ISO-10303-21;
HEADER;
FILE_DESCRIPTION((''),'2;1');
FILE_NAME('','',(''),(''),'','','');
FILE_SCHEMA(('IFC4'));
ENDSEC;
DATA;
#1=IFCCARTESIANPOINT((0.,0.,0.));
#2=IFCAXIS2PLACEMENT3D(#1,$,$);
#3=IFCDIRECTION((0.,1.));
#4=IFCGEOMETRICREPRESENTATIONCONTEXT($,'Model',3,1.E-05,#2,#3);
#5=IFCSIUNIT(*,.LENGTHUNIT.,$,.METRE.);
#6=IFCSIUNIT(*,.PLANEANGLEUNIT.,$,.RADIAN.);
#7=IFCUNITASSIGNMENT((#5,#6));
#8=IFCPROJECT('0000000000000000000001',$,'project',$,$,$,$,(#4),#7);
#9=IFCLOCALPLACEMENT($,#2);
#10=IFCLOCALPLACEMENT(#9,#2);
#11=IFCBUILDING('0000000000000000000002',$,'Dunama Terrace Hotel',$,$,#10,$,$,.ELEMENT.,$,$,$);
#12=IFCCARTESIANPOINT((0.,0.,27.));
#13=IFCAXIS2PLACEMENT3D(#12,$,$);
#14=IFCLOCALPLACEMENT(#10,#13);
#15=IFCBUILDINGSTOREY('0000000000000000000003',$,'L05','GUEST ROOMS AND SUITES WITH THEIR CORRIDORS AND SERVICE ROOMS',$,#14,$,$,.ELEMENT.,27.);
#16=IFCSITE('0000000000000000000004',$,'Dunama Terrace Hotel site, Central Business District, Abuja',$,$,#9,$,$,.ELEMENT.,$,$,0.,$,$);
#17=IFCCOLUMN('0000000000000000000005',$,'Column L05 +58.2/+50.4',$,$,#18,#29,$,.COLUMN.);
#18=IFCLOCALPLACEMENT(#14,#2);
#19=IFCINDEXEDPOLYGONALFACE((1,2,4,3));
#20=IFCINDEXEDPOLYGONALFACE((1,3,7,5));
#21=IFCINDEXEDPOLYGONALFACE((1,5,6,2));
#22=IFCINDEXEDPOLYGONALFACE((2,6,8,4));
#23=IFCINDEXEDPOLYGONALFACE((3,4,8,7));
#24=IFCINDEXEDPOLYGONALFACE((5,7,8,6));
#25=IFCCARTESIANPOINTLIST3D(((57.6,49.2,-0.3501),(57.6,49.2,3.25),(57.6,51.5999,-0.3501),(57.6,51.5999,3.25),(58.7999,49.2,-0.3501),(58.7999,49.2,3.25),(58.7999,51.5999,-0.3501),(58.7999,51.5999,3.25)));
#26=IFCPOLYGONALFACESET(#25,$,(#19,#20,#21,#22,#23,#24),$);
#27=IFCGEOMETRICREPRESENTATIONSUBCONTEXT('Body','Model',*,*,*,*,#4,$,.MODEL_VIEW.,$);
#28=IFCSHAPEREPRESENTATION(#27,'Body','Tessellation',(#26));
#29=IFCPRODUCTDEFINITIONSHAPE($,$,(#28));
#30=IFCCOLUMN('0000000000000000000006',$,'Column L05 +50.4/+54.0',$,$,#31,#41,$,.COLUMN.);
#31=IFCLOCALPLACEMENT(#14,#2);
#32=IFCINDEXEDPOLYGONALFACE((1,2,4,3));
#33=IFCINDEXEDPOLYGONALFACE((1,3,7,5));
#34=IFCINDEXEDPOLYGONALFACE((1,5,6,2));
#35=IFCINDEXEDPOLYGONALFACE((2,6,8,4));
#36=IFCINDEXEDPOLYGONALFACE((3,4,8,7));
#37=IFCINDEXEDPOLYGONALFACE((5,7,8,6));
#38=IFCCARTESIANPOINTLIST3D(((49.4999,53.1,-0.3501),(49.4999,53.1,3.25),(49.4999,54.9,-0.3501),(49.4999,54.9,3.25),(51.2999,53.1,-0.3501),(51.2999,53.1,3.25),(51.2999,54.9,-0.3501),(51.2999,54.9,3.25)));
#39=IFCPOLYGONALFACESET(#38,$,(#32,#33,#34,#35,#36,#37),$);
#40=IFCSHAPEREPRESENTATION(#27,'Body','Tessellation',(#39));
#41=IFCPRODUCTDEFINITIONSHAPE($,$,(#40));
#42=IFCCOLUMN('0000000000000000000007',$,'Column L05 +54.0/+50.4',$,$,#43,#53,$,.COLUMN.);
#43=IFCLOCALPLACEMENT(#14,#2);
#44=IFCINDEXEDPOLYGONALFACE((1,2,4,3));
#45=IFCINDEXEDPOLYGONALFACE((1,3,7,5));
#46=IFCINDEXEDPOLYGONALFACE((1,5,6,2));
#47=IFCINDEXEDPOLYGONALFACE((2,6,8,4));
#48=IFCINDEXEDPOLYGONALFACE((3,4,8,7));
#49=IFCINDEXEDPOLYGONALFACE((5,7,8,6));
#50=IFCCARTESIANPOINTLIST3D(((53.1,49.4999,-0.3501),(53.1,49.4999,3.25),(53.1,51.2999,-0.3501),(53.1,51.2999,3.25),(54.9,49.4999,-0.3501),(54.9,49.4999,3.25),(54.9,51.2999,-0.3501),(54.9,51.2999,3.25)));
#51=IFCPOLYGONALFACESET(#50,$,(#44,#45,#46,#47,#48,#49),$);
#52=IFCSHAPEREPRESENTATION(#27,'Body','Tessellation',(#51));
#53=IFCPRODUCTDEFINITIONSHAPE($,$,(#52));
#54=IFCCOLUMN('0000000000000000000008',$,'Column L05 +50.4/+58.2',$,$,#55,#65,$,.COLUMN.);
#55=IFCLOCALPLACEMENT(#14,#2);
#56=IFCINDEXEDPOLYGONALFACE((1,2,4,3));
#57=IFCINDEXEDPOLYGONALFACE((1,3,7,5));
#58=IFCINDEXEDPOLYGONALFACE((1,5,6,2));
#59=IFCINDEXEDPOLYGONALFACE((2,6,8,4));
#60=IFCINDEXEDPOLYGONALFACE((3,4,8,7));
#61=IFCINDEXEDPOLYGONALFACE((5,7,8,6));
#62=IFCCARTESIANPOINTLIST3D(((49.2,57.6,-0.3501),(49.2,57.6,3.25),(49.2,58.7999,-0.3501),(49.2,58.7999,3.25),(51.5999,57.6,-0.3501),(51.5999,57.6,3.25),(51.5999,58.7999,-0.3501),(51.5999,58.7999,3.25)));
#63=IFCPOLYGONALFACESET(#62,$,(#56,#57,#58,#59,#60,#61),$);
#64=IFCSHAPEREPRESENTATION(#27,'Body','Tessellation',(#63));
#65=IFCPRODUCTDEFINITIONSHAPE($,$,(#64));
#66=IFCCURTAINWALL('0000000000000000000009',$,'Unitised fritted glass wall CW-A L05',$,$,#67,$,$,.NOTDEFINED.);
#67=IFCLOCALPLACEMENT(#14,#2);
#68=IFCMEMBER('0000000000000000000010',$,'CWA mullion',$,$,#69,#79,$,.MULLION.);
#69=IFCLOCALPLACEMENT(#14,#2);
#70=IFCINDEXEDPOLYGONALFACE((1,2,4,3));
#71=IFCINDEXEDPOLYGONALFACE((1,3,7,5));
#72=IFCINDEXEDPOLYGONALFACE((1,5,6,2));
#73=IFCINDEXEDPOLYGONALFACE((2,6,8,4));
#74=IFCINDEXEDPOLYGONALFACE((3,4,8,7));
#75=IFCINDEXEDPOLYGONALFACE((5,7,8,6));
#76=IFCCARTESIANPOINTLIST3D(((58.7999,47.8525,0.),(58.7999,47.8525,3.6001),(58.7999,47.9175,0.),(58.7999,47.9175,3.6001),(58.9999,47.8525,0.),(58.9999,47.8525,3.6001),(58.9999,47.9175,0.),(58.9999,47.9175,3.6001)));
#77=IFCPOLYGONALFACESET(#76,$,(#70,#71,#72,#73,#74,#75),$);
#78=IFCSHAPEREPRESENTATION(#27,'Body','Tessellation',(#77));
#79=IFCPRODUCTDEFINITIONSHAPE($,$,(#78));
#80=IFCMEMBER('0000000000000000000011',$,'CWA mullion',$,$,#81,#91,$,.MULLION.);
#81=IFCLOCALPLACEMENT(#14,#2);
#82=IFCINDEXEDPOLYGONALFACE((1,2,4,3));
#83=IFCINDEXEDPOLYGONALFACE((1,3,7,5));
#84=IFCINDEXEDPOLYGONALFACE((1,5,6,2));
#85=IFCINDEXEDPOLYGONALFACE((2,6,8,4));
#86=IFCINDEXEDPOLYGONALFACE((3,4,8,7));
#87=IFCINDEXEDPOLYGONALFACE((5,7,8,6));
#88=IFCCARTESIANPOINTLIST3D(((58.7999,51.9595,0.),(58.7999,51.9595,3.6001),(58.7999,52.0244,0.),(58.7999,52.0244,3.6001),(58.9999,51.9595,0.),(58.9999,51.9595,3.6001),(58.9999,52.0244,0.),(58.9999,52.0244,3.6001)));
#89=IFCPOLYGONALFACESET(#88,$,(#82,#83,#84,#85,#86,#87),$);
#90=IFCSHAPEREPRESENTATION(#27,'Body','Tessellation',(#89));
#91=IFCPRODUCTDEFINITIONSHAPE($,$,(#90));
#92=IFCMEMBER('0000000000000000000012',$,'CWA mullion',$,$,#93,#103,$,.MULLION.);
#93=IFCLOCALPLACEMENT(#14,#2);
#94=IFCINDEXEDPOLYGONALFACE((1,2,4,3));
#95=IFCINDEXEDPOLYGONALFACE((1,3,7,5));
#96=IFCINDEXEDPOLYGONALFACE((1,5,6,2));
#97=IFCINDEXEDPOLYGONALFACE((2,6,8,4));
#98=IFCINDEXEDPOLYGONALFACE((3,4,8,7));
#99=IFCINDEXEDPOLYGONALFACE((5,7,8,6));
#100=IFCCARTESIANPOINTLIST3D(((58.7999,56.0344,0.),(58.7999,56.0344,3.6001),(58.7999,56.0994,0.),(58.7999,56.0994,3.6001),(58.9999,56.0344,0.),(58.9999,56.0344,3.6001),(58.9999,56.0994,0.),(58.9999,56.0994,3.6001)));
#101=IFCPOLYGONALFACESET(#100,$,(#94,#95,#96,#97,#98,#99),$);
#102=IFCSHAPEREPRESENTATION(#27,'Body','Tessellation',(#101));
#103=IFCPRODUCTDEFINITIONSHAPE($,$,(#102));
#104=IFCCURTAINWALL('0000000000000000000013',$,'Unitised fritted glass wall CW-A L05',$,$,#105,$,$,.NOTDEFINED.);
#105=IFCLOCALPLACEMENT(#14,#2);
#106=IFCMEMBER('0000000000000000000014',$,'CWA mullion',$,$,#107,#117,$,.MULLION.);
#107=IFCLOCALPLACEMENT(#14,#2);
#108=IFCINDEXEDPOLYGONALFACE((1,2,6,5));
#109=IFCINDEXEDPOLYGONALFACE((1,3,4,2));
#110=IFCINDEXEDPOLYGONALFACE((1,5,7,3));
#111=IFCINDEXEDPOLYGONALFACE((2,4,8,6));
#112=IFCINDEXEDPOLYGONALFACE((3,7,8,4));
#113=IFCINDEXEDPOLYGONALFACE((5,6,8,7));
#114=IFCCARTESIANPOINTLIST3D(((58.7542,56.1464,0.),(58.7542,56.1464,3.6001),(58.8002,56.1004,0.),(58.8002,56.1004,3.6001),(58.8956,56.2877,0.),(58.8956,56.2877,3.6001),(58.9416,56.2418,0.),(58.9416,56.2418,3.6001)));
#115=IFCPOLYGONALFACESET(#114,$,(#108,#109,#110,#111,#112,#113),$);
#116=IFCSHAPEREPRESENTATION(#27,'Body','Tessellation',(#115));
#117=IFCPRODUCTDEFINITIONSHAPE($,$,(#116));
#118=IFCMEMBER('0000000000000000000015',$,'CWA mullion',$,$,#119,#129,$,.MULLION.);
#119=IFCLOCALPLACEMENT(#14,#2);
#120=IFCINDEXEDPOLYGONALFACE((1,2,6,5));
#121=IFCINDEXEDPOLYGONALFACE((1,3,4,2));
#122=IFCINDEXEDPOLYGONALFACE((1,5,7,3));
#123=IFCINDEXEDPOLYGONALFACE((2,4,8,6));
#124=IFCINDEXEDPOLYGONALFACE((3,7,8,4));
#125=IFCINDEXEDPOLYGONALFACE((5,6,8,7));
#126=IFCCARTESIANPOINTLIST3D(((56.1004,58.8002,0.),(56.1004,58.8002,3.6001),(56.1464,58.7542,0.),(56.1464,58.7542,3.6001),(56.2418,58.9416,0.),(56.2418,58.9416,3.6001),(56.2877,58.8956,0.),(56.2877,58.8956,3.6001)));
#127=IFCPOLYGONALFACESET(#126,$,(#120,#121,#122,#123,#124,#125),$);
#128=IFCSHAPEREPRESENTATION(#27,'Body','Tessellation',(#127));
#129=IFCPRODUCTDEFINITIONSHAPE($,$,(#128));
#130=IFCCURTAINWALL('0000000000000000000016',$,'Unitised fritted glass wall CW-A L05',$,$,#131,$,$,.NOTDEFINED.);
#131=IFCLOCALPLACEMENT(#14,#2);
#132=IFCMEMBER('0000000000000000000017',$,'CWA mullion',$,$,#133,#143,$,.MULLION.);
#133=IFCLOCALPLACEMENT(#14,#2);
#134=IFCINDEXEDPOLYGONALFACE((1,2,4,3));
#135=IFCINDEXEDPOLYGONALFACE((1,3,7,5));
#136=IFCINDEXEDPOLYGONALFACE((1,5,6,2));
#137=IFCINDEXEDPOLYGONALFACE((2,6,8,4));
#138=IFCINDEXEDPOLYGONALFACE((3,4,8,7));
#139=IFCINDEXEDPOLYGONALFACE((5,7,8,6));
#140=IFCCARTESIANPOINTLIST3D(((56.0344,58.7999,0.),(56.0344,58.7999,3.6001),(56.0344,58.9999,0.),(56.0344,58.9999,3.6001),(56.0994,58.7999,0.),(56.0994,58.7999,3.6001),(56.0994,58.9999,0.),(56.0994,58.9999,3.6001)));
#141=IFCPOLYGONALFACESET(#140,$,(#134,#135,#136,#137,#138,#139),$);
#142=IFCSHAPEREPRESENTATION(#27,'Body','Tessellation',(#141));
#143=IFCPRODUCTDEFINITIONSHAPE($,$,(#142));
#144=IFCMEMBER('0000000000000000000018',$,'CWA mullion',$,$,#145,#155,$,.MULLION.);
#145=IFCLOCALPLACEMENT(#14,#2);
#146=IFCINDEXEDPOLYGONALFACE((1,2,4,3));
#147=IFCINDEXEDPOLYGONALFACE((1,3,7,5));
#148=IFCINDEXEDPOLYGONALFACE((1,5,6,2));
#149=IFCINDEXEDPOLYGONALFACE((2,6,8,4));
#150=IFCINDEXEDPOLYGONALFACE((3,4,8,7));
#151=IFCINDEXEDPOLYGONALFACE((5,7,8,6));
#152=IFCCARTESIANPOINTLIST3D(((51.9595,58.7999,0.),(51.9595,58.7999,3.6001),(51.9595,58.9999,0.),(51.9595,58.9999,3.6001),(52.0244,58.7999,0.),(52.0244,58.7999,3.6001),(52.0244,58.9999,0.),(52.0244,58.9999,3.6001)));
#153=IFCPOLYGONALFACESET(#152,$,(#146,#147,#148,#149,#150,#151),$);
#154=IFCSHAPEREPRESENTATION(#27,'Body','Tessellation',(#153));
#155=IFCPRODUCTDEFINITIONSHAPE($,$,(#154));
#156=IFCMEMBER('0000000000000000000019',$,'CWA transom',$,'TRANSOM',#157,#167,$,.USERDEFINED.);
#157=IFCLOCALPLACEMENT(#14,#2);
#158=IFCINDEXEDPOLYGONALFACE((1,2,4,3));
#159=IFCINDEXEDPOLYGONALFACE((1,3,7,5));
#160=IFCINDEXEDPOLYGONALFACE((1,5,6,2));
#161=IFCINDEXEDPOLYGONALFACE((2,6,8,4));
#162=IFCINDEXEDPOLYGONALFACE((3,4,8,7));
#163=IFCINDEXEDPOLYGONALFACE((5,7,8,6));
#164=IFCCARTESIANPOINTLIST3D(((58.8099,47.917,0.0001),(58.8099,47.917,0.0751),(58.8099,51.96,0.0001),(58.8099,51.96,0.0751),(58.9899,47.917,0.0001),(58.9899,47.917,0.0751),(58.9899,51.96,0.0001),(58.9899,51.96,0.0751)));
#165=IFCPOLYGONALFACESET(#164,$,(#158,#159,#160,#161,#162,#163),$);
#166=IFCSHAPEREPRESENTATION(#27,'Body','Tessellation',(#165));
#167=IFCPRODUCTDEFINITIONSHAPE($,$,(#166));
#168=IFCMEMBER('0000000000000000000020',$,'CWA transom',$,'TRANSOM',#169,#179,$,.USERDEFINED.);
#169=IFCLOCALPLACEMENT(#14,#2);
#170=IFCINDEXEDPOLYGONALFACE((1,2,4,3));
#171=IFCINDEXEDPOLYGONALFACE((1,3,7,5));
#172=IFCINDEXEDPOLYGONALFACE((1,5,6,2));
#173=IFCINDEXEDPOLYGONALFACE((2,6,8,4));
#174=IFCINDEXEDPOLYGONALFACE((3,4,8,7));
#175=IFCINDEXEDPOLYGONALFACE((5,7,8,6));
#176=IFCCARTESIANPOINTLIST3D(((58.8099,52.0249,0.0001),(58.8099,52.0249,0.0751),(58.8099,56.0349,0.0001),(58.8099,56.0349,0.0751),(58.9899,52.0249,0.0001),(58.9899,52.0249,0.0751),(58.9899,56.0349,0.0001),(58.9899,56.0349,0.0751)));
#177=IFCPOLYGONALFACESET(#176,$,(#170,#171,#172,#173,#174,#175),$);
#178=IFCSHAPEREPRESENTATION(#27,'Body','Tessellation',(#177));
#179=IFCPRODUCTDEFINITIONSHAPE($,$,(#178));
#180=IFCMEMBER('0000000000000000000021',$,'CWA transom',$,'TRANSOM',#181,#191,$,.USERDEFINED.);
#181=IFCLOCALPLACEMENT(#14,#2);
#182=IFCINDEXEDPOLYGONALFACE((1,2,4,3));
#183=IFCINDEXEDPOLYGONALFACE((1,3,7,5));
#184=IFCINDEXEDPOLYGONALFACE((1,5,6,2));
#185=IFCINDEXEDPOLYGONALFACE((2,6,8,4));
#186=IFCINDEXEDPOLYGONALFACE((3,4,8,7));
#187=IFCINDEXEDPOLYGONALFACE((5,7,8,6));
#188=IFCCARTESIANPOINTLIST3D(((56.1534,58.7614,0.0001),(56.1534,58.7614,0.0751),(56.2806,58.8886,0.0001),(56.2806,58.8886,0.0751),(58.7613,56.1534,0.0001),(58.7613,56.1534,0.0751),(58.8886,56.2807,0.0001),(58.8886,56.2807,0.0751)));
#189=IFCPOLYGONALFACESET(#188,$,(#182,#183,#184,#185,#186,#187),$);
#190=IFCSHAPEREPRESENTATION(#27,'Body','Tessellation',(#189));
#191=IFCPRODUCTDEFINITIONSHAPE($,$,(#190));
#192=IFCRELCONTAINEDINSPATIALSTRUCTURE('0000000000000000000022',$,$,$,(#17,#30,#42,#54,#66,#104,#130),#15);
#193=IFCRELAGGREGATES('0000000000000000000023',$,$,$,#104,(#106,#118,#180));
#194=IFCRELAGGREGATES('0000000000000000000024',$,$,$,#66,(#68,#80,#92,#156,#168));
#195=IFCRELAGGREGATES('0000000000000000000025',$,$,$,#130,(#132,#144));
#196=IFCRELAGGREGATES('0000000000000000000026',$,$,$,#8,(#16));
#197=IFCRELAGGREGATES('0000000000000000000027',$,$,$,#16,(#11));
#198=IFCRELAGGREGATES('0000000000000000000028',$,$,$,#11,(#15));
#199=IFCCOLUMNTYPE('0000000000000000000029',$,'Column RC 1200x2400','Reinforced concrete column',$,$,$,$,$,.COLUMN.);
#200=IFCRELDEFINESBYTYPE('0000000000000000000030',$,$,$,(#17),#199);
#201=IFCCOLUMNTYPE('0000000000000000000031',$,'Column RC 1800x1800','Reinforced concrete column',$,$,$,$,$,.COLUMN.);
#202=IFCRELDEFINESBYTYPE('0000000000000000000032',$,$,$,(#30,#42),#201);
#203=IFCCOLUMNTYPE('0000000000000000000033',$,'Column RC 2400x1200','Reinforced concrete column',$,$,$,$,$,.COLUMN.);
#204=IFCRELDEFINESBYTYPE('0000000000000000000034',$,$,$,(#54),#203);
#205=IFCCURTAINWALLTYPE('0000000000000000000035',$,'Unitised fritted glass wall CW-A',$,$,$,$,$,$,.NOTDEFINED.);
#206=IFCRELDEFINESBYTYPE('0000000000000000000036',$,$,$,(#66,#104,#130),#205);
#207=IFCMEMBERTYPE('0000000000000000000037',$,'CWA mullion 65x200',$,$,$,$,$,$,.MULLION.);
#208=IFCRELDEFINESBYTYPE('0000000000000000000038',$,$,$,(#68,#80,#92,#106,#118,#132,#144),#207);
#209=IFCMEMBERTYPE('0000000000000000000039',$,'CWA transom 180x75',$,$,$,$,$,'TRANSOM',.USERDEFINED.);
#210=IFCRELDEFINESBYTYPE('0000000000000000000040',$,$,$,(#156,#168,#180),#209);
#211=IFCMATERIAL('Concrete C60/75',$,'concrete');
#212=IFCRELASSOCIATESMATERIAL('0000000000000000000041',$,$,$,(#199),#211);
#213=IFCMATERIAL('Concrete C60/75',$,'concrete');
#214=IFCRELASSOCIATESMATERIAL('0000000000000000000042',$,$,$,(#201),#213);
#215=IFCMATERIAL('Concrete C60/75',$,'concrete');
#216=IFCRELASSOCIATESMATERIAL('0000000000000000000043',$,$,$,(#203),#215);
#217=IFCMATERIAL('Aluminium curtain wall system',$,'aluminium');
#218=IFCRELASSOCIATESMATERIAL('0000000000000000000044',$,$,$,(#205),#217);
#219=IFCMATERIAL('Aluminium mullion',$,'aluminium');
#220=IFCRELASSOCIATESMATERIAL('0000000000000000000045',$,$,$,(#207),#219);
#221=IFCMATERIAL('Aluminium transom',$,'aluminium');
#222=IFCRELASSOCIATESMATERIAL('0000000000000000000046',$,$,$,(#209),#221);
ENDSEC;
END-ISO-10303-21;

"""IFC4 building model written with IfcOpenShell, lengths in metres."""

from ifc_helpers import new_model, si_unit, direction, frame, origin, origin_2d, place, context, subcontext, project, spatial, rectangle, extrude, material, material_profile, profile_set, type_object, element, aggregate, save


model = new_model("IFC4")

# Units and contexts
model_context = context("Model", 3, precision=1e-05, world=origin(), true_north=direction((0.0, 1.0)))
body_context = subcontext(model_context, "Body", "Model", "MODEL_VIEW")
ifc_project = project(units=[si_unit("LENGTHUNIT", "METRE"), si_unit("PLANEANGLEUNIT", "RADIAN")], contexts=[model_context])

# Site, building, storey
site_placement = place(None, origin())
site = spatial("IfcSite", under=ifc_project, at=site_placement, Name="Dunama Terrace Hotel site, Central Business District, Abuja", CompositionType="ELEMENT", RefElevation=0.0)
building_placement = place(site_placement, origin())
building = spatial("IfcBuilding", under=site, at=building_placement, Name="Dunama Terrace Hotel", CompositionType="ELEMENT")
storey_placement = place(building_placement, frame((0.0, 0.0, 27.0)))
storey = spatial("IfcBuildingStorey", under=building, at=storey_placement, Name="L05", Description="GUEST ROOMS AND SUITES WITH THEIR CORRIDORS AND SERVICE ROOMS", CompositionType="ELEMENT", Elevation=27.0)

# Columns
ifc_material_1 = material(Name="Concrete C60/75", Category="concrete")
ifc_material_profile_1 = material_profile(ifc_material_1, rectangle(XDim=1.2, YDim=2.3999, at=origin_2d()), Name="RC 1200x2400")
ifc_profile_set_1 = profile_set([ifc_material_profile_1], Name="Concrete C60/75")
column_type_1 = type_object("IfcColumnType", Name="Column RC 1200x2400", Description="Reinforced concrete column", PredefinedType="COLUMN", material=ifc_profile_set_1)
column_1_placement = place(storey_placement, frame((58.2, 50.3999, -0.3501), z_axis=(0.0, 0.0, 1.0), x_axis=(1.0, 0.0, 0.0)))
element("IfcColumn", 1, at=column_1_placement, inside=storey, type_object=column_type_1, Name="Column L05 +58.2/+50.4", PredefinedType="COLUMN", context=body_context, shape_type="SweptSolid", body=[
    extrude(rectangle(XDim=1.2, YDim=2.3999, at=origin_2d()), origin(), (0.0, 0.0, 1.0), 3.6001),
])
ifc_material_2 = material(Name="Concrete C60/75", Category="concrete")
ifc_material_profile_2 = material_profile(ifc_material_2, rectangle(XDim=1.8, YDim=1.8, at=origin_2d()), Name="RC 1800x1800")
ifc_profile_set_2 = profile_set([ifc_material_profile_2], Name="Concrete C60/75")
column_type_2 = type_object("IfcColumnType", Name="Column RC 1800x1800", Description="Reinforced concrete column", PredefinedType="COLUMN", material=ifc_profile_set_2)
for number, where, z_axis, x_axis, name in (
    (2, (50.3999, 54.0, -0.3501), (0.0, 0.0, 1.0), (1.0, 0.0, 0.0), "Column L05 +50.4/+54.0"),
    (3, (54.0, 50.3999, -0.3501), (0.0, 0.0, 1.0), (1.0, 0.0, 0.0), "Column L05 +54.0/+50.4"),
):
    element("IfcColumn", number, at=place(storey_placement, frame(where, z_axis=z_axis, x_axis=x_axis)), inside=storey, type_object=column_type_2, Name=name, PredefinedType="COLUMN", context=body_context, shape_type="SweptSolid", body=[
        extrude(rectangle(XDim=1.8, YDim=1.8, at=origin_2d()), origin(), (0.0, 0.0, 1.0), 3.6001),
    ])
ifc_material_3 = material(Name="Concrete C60/75", Category="concrete")
ifc_material_profile_3 = material_profile(ifc_material_3, rectangle(XDim=2.3999, YDim=1.2, at=origin_2d()), Name="RC 2400x1200")
ifc_profile_set_3 = profile_set([ifc_material_profile_3], Name="Concrete C60/75")
column_type_3 = type_object("IfcColumnType", Name="Column RC 2400x1200", Description="Reinforced concrete column", PredefinedType="COLUMN", material=ifc_profile_set_3)
column_2_placement = place(storey_placement, frame((50.3999, 58.2, -0.3501), z_axis=(0.0, 0.0, 1.0), x_axis=(1.0, 0.0, 0.0)))
element("IfcColumn", 4, at=column_2_placement, inside=storey, type_object=column_type_3, Name="Column L05 +50.4/+58.2", PredefinedType="COLUMN", context=body_context, shape_type="SweptSolid", body=[
    extrude(rectangle(XDim=2.3999, YDim=1.2, at=origin_2d()), origin(), (0.0, 0.0, 1.0), 3.6001),
])

# Curtain walls, members
ifc_material_4 = material(Name="Aluminium curtain wall system", Category="aluminium")
curtain_wall_type = type_object("IfcCurtainWallType", Name="Unitised fritted glass wall CW-A", PredefinedType="NOTDEFINED", material=ifc_material_4)
curtain_wall_1_placement = place(storey_placement, origin())
curtain_wall_1 = element("IfcCurtainWall", 5, at=curtain_wall_1_placement, inside=storey, type_object=curtain_wall_type, Name="Unitised fritted glass wall CW-A L05", PredefinedType="NOTDEFINED")
ifc_material_5 = material(Name="Aluminium mullion", Category="aluminium")
ifc_material_profile_4 = material_profile(ifc_material_5, rectangle(XDim=0.0649, YDim=0.2, at=origin_2d()), Name="CWA MULLION 65X200")
ifc_profile_set_4 = profile_set([ifc_material_profile_4], Name="Aluminium mullion")
member_type_1 = type_object("IfcMemberType", Name="CWA mullion 65x200", PredefinedType="MULLION", material=ifc_profile_set_4)
member_1_placement = place(storey_placement, frame((58.8999, 47.885, 0.0), z_axis=(0.0, 0.0, 1.0), x_axis=(0.0, 1.0, 0.0)))
member_1 = element("IfcMember", 6, at=member_1_placement, type_object=member_type_1, Name="CWA mullion", PredefinedType="MULLION", context=body_context, shape_type="SweptSolid", body=[
    extrude(rectangle(XDim=0.0649, YDim=0.2, at=origin_2d()), origin(), (0.0, 0.0, 1.0), 3.6001),
])
member_2_placement = place(storey_placement, frame((58.8999, 51.9919, 0.0), z_axis=(0.0, 0.0, 1.0), x_axis=(0.0, 1.0, 0.0)))
member_2 = element("IfcMember", 7, at=member_2_placement, type_object=member_type_1, Name="CWA mullion", PredefinedType="MULLION", context=body_context, shape_type="SweptSolid", body=[
    extrude(rectangle(XDim=0.0649, YDim=0.2, at=origin_2d()), origin(), (0.0, 0.0, 1.0), 3.6001),
])
member_3_placement = place(storey_placement, frame((58.8999, 56.0669, 0.0), z_axis=(0.0, 0.0, 1.0), x_axis=(0.0, 1.0, 0.0)))
member_3 = element("IfcMember", 8, at=member_3_placement, type_object=member_type_1, Name="CWA mullion", PredefinedType="MULLION", context=body_context, shape_type="SweptSolid", body=[
    extrude(rectangle(XDim=0.0649, YDim=0.2, at=origin_2d()), origin(), (0.0, 0.0, 1.0), 3.6001),
])
curtain_wall_2_placement = place(storey_placement, origin())
curtain_wall_2 = element("IfcCurtainWall", 9, at=curtain_wall_2_placement, inside=storey, type_object=curtain_wall_type, Name="Unitised fritted glass wall CW-A L05", PredefinedType="NOTDEFINED")
member_4_placement = place(storey_placement, frame((58.8479, 56.1941, 0.0), z_axis=(0.0, 0.0, 1.0), x_axis=(-0.707107, 0.707107, 0.0)))
member_4 = element("IfcMember", 10, at=member_4_placement, type_object=member_type_1, Name="CWA mullion", PredefinedType="MULLION", context=body_context, shape_type="SweptSolid", body=[
    extrude(rectangle(XDim=0.0649, YDim=0.2, at=origin_2d()), origin(), (0.0, 0.0, 1.0), 3.6001),
])
member_5_placement = place(storey_placement, frame((56.1941, 58.8479, 0.0), z_axis=(0.0, 0.0, 1.0), x_axis=(-0.707107, 0.707107, 0.0)))
member_5 = element("IfcMember", 11, at=member_5_placement, type_object=member_type_1, Name="CWA mullion", PredefinedType="MULLION", context=body_context, shape_type="SweptSolid", body=[
    extrude(rectangle(XDim=0.0649, YDim=0.2, at=origin_2d()), origin(), (0.0, 0.0, 1.0), 3.6001),
])
curtain_wall_3_placement = place(storey_placement, origin())
curtain_wall_3 = element("IfcCurtainWall", 12, at=curtain_wall_3_placement, inside=storey, type_object=curtain_wall_type, Name="Unitised fritted glass wall CW-A L05", PredefinedType="NOTDEFINED")
member_6_placement = place(storey_placement, frame((56.0669, 58.8999, 0.0), z_axis=(0.0, 0.0, 1.0), x_axis=(-1.0, 0.0, 0.0)))
member_6 = element("IfcMember", 13, at=member_6_placement, type_object=member_type_1, Name="CWA mullion", PredefinedType="MULLION", context=body_context, shape_type="SweptSolid", body=[
    extrude(rectangle(XDim=0.0649, YDim=0.2, at=origin_2d()), origin(), (0.0, 0.0, 1.0), 3.6001),
])
member_7_placement = place(storey_placement, frame((51.9919, 58.8999, 0.0), z_axis=(0.0, 0.0, 1.0), x_axis=(-1.0, 0.0, 0.0)))
member_7 = element("IfcMember", 14, at=member_7_placement, type_object=member_type_1, Name="CWA mullion", PredefinedType="MULLION", context=body_context, shape_type="SweptSolid", body=[
    extrude(rectangle(XDim=0.0649, YDim=0.2, at=origin_2d()), origin(), (0.0, 0.0, 1.0), 3.6001),
])

# Members
ifc_material_6 = material(Name="Aluminium transom", Category="aluminium")
ifc_material_profile_5 = material_profile(ifc_material_6, rectangle(XDim=0.1799, YDim=0.075, at=origin_2d()), Name="CWA TRANSOM 180X75")
ifc_profile_set_5 = profile_set([ifc_material_profile_5], Name="Aluminium transom")
member_type_2 = type_object("IfcMemberType", Name="CWA transom 180x75", ElementType="TRANSOM", PredefinedType="USERDEFINED", material=ifc_profile_set_5)
member_8_placement = place(storey_placement, frame((58.8999, 47.917, 0.0376), z_axis=(0.0, 1.0, 0.0), x_axis=(-1.0, 0.0, 0.0)))
member_8 = element("IfcMember", 15, at=member_8_placement, type_object=member_type_2, Name="CWA transom", ObjectType="TRANSOM", PredefinedType="USERDEFINED", context=body_context, shape_type="SweptSolid", body=[
    extrude(rectangle(XDim=0.1799, YDim=0.075, at=origin_2d()), origin(), (0.0, 0.0, 1.0), 4.043),
])
member_9_placement = place(storey_placement, frame((58.8999, 52.0249, 0.0376), z_axis=(0.0, 1.0, 0.0), x_axis=(-1.0, 0.0, 0.0)))
member_9 = element("IfcMember", 16, at=member_9_placement, type_object=member_type_2, Name="CWA transom", ObjectType="TRANSOM", PredefinedType="USERDEFINED", context=body_context, shape_type="SweptSolid", body=[
    extrude(rectangle(XDim=0.1799, YDim=0.075, at=origin_2d()), origin(), (0.0, 0.0, 1.0), 4.01),
])
member_10_placement = place(storey_placement, frame((58.825, 56.217, 0.0376), z_axis=(-0.707107, 0.707107, 0.0), x_axis=(-0.707107, -0.707107, 0.0)))
member_10 = element("IfcMember", 17, at=member_10_placement, type_object=member_type_2, Name="CWA transom", ObjectType="TRANSOM", PredefinedType="USERDEFINED", context=body_context, shape_type="SweptSolid", body=[
    extrude(rectangle(XDim=0.1799, YDim=0.075, at=origin_2d()), origin(), (0.0, 0.0, 1.0), 3.6882),
])

aggregate(curtain_wall_2, [member_4, member_5, member_10])
aggregate(curtain_wall_1, [member_1, member_2, member_3, member_8, member_9])
aggregate(curtain_wall_3, [member_6, member_7])

save(model, "model.ifc")
